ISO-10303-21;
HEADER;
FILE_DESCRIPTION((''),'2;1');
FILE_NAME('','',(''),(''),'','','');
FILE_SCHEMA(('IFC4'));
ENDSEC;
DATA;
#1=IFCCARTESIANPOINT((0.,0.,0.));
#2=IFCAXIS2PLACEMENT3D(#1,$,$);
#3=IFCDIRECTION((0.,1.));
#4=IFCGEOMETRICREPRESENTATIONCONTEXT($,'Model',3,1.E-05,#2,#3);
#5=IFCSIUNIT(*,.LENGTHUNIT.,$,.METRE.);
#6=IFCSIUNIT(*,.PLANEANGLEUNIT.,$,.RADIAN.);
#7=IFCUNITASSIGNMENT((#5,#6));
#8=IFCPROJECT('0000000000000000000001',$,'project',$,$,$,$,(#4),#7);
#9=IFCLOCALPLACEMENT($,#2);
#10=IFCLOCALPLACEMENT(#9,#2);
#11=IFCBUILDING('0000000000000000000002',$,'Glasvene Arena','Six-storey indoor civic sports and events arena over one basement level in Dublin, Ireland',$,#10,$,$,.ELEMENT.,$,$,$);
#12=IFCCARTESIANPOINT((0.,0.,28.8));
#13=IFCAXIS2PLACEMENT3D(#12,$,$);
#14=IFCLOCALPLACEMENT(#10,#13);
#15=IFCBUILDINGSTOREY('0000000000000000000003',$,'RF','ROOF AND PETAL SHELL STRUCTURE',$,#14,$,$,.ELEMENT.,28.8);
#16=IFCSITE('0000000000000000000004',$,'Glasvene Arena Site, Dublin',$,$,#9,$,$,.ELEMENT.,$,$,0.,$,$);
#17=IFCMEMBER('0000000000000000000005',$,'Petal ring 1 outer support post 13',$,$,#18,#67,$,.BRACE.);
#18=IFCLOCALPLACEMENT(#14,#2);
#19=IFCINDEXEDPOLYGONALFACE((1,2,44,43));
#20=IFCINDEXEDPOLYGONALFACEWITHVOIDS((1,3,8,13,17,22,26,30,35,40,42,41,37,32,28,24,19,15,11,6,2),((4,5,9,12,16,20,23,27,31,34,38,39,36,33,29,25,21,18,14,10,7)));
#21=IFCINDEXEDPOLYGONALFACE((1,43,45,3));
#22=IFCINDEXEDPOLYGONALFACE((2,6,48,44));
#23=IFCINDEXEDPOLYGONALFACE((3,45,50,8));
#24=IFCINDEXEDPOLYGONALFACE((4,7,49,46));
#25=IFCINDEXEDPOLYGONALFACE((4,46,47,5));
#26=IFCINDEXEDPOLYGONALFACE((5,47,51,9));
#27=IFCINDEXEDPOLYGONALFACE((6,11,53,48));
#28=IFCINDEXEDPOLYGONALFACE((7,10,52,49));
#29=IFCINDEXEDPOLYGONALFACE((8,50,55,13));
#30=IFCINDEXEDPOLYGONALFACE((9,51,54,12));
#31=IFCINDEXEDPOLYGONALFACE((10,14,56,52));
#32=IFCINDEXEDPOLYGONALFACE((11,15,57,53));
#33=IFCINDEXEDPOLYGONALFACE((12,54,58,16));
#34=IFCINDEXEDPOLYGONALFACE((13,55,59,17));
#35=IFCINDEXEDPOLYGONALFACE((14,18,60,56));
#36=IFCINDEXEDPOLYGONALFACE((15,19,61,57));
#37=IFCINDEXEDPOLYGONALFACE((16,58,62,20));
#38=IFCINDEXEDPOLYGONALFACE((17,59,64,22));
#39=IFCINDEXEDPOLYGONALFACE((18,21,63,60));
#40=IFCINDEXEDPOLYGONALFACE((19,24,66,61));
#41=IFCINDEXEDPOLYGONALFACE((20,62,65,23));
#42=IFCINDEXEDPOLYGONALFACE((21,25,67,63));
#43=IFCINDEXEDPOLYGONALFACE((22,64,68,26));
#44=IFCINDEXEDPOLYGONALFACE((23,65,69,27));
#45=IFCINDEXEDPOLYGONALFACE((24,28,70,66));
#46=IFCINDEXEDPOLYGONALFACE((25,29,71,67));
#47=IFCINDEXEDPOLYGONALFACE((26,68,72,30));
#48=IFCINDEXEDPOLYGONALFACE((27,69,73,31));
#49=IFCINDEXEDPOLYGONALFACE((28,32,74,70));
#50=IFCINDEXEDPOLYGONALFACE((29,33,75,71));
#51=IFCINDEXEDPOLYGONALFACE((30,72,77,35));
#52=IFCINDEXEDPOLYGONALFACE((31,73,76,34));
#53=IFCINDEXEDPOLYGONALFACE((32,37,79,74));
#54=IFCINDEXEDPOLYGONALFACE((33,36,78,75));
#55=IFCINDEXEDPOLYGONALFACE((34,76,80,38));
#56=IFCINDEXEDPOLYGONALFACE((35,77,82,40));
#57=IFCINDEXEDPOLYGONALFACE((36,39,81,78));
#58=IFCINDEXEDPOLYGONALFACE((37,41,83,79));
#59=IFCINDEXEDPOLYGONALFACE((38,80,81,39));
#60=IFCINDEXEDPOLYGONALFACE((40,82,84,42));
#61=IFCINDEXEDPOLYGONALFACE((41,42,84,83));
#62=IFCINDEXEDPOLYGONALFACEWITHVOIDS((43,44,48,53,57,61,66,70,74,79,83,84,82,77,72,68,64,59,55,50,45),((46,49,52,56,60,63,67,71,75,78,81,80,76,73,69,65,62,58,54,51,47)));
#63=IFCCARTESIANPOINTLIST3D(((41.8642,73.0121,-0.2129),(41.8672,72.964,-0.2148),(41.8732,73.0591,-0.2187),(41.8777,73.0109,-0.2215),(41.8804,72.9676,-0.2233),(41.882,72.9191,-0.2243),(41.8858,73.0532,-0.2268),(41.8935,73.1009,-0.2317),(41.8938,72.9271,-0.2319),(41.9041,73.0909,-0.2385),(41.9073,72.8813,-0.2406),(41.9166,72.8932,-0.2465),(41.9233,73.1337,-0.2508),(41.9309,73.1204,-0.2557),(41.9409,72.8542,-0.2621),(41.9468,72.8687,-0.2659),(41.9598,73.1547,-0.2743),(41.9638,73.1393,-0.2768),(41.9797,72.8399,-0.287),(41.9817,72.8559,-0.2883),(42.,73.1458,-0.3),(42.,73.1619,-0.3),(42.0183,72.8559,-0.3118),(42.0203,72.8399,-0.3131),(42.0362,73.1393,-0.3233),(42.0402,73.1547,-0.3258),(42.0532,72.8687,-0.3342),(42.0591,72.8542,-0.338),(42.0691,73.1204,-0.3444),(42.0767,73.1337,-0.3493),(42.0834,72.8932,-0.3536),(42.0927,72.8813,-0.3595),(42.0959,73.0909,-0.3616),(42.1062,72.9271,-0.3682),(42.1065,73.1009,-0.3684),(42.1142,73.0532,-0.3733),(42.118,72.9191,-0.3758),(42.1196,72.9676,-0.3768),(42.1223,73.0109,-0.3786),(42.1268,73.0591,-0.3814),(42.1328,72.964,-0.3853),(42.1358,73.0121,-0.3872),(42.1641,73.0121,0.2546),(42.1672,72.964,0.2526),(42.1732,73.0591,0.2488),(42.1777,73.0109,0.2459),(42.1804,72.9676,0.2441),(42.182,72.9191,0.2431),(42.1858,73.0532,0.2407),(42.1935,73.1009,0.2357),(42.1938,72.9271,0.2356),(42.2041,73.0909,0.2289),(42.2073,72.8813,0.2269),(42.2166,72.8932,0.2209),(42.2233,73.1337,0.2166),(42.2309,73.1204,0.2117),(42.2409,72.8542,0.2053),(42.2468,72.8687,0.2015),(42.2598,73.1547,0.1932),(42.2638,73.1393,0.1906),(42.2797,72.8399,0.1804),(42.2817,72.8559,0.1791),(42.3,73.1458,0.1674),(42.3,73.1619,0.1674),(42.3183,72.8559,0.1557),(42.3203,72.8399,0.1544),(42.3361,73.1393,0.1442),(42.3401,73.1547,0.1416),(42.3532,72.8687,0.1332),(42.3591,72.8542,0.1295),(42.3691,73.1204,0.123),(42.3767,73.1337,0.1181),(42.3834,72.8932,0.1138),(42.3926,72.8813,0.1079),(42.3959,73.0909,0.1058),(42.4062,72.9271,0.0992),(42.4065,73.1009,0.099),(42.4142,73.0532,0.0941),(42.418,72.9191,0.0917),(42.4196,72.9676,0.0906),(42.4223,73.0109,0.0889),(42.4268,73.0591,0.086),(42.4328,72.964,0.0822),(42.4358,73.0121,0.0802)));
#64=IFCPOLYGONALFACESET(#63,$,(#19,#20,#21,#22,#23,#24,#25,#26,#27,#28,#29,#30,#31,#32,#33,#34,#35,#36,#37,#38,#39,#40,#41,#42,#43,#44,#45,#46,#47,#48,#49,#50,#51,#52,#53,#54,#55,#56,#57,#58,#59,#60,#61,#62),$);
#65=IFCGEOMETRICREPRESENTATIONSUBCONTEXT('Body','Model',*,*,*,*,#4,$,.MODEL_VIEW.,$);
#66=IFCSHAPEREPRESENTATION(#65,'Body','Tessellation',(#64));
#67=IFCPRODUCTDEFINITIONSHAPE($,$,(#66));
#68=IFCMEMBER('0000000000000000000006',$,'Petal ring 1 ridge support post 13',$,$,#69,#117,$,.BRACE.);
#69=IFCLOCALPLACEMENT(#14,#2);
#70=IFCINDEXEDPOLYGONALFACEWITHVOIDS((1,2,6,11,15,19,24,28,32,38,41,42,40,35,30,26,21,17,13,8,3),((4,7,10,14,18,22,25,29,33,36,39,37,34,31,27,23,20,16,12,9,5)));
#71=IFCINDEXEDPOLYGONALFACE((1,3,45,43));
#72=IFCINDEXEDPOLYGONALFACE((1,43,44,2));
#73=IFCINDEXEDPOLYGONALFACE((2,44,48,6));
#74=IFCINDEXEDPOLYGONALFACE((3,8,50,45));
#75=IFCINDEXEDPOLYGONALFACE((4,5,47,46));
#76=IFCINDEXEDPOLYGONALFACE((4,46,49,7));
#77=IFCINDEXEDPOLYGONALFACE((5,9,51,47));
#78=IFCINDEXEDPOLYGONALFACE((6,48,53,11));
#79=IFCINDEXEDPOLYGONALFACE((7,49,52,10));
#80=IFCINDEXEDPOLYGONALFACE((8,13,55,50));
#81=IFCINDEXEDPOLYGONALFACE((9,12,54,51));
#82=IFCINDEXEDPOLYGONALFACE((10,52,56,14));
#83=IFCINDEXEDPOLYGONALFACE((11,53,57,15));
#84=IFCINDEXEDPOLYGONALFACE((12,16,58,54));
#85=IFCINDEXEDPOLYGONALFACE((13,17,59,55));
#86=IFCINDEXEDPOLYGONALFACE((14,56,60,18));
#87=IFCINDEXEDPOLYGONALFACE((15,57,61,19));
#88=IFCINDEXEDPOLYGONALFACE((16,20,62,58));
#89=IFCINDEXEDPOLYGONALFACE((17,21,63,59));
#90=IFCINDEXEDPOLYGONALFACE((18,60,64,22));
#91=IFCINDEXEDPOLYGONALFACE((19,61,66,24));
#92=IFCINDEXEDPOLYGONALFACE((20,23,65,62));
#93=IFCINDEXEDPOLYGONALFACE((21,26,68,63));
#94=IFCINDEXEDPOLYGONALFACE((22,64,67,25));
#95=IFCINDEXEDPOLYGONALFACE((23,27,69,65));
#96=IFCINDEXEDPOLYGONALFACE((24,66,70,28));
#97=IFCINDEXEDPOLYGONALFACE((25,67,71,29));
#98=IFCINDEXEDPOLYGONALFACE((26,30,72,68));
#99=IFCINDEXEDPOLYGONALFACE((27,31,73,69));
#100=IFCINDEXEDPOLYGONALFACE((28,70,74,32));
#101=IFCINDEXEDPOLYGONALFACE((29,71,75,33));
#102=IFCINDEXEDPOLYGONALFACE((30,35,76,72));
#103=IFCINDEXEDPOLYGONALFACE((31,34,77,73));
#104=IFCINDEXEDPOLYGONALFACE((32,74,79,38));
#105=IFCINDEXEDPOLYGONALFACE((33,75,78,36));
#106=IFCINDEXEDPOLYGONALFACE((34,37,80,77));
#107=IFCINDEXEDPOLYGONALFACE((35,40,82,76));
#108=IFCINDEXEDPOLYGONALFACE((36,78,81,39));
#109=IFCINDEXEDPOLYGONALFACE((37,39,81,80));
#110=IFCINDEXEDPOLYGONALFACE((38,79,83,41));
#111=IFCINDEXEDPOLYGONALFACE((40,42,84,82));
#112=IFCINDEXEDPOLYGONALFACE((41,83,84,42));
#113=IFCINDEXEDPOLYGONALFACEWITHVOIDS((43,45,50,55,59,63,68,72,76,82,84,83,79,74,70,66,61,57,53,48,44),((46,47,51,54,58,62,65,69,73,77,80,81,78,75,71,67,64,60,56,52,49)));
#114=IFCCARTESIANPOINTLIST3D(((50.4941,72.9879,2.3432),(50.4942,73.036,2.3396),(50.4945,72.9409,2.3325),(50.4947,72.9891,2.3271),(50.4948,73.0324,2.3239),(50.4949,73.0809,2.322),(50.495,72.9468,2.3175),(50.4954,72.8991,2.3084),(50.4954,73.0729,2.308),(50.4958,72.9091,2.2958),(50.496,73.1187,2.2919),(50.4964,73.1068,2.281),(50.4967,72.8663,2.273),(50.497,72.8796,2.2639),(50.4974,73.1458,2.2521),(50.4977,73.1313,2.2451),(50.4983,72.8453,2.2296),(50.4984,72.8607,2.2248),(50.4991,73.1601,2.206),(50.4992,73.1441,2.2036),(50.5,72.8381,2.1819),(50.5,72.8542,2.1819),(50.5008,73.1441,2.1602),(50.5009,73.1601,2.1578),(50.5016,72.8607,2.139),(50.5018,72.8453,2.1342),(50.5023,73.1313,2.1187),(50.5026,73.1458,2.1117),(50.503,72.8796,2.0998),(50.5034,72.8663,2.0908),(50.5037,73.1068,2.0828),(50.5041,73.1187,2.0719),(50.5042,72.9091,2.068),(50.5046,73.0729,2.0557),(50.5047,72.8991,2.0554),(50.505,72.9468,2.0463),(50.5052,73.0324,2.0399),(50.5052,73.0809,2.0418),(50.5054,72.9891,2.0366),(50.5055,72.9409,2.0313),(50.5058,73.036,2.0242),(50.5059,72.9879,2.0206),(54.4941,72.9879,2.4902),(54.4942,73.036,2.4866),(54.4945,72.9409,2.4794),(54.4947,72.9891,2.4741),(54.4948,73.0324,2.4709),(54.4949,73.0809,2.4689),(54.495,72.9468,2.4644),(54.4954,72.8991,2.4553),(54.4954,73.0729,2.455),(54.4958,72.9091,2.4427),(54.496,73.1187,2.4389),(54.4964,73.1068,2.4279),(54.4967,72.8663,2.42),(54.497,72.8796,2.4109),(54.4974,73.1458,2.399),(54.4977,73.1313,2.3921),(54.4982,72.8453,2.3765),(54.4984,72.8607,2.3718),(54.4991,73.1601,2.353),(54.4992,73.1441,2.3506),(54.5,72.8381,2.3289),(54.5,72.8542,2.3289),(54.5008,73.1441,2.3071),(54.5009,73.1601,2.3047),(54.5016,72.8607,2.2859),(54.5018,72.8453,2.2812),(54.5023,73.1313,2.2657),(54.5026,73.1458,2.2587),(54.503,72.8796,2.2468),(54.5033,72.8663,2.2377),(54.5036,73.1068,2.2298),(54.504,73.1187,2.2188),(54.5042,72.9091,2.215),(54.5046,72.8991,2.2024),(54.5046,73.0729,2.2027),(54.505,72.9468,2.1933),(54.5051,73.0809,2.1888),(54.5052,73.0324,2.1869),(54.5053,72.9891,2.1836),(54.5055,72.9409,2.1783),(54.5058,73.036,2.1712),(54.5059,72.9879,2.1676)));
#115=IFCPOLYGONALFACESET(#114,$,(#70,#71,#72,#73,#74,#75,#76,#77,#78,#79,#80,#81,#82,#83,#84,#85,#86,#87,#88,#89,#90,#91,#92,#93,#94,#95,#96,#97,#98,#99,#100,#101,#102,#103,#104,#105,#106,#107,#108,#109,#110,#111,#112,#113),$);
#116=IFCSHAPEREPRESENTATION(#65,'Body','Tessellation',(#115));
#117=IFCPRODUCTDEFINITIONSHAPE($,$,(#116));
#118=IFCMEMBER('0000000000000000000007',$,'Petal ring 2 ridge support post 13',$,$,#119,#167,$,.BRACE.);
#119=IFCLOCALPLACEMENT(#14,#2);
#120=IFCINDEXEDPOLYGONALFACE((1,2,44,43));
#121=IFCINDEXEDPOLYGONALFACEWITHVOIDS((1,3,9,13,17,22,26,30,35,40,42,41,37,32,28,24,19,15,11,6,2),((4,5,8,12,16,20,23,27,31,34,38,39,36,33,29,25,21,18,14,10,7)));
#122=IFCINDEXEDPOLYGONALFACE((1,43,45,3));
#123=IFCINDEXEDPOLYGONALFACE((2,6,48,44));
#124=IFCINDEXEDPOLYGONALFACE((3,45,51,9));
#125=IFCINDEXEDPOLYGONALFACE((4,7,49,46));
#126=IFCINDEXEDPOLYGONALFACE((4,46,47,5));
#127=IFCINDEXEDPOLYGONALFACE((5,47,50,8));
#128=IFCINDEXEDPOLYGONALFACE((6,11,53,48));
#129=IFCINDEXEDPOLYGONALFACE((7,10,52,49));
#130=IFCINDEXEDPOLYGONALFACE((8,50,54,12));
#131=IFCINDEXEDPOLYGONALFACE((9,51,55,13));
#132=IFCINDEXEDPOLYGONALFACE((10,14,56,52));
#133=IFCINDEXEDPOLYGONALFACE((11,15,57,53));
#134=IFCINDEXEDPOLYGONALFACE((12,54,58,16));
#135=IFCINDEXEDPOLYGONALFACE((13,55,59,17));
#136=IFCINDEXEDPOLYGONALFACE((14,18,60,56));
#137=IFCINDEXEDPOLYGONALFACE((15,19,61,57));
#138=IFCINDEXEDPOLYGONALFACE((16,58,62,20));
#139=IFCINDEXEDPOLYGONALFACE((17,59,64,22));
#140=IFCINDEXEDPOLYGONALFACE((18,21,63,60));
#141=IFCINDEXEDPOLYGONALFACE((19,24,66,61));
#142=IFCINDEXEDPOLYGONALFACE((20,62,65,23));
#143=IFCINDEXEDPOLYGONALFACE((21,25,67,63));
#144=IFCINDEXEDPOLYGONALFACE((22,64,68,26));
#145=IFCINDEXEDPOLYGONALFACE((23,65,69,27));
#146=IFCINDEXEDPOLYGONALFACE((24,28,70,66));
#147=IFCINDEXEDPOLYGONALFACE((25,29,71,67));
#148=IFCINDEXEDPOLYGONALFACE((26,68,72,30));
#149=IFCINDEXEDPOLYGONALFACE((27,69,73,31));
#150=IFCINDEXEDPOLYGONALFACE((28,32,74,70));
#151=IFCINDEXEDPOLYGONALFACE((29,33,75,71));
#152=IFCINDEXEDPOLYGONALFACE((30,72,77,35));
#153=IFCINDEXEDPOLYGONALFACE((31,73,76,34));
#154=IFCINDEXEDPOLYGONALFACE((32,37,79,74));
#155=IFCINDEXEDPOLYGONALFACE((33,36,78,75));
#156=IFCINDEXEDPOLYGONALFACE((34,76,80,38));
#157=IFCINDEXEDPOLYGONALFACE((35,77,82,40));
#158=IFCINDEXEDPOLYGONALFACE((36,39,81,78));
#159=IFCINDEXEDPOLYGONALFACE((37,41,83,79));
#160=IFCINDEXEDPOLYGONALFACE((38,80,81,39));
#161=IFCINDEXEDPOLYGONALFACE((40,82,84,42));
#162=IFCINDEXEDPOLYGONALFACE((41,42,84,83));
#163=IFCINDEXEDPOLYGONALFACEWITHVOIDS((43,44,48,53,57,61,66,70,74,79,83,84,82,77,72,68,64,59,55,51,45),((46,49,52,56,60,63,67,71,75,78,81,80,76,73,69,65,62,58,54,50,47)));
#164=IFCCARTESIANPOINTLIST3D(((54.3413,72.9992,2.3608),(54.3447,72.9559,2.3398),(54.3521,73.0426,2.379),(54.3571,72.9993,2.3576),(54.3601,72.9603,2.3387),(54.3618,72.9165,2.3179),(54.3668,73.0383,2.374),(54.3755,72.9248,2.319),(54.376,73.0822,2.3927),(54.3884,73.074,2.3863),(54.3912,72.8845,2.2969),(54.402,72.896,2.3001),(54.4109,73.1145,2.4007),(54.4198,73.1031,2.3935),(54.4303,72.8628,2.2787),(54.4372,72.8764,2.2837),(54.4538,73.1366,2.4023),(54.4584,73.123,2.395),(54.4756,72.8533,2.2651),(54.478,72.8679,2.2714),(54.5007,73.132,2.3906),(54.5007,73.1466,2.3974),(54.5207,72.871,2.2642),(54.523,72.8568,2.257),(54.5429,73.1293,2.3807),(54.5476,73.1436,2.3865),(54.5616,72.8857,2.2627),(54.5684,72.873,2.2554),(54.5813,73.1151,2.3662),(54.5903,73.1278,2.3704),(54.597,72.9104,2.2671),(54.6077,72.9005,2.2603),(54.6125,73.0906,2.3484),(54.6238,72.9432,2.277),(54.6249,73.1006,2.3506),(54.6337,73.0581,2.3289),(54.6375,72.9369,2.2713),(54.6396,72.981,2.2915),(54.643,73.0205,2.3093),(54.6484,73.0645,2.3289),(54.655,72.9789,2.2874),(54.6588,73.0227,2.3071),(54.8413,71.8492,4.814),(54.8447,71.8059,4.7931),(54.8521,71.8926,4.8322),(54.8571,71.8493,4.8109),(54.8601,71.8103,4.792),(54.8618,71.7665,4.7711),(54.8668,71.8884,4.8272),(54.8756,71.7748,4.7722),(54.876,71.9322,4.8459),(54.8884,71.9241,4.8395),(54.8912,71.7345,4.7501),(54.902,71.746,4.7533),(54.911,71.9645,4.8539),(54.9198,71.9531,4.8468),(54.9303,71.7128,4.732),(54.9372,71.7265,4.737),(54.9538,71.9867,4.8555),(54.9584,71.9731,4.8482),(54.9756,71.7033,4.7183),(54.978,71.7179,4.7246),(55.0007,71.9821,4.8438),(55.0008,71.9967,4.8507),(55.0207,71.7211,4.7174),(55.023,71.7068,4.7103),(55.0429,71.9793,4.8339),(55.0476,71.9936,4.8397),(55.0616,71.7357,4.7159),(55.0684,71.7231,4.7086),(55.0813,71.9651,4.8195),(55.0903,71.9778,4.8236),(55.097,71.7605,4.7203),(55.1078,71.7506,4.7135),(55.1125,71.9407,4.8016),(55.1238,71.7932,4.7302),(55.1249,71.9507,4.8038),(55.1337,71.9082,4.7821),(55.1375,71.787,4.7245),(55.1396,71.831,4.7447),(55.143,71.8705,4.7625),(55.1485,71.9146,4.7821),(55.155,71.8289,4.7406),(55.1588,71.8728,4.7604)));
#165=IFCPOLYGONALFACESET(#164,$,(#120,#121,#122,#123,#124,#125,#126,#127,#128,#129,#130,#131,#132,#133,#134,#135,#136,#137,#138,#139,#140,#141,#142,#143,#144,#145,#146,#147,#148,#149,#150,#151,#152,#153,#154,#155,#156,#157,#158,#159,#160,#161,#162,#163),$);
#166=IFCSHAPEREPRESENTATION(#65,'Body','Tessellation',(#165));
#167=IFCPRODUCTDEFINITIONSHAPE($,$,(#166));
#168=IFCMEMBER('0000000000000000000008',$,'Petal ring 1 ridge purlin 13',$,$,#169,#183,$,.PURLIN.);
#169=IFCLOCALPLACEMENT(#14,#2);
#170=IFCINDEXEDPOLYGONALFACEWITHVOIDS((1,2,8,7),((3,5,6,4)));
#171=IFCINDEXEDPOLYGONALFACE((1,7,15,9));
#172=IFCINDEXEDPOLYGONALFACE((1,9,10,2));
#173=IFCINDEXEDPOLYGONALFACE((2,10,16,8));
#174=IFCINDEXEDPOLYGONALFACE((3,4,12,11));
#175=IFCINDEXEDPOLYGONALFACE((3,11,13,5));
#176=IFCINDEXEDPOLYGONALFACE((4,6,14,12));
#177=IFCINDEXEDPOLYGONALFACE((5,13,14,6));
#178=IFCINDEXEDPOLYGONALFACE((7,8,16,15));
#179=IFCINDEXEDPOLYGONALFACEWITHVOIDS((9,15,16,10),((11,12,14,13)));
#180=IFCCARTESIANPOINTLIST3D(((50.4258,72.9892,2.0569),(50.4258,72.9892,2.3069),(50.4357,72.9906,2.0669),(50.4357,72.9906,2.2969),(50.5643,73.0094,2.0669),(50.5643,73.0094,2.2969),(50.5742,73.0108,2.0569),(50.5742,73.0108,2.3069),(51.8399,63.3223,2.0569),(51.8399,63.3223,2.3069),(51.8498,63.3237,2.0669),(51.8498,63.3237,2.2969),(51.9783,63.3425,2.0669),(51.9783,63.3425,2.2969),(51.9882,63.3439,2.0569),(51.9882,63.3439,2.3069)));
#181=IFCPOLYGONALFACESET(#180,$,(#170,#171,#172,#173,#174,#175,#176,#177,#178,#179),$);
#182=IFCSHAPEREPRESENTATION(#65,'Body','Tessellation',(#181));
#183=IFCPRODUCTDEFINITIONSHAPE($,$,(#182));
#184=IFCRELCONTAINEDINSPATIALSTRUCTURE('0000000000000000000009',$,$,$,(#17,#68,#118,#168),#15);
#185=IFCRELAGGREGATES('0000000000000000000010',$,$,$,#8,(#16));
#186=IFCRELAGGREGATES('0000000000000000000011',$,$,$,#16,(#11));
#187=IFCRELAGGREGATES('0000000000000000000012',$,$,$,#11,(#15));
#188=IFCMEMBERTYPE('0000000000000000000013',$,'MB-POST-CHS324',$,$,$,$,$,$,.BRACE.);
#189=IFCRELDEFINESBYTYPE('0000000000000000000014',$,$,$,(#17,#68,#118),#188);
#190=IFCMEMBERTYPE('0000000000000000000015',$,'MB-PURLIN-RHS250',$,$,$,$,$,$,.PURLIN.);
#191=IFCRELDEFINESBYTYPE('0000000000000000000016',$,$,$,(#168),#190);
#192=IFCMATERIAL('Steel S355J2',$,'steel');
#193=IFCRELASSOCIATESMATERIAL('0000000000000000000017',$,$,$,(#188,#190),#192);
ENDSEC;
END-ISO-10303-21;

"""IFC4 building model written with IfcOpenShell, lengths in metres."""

from ifc_helpers import new_model, si_unit, direction, frame, origin, origin_2d, place, context, subcontext, project, spatial, hollow_rectangle, hollow_circle, extrude, material, material_profile, profile_set, type_object, element, save


model = new_model("IFC4")

# Units and contexts
model_context = context("Model", 3, precision=1e-05, world=origin(), true_north=direction((0.0, 1.0)))
body_context = subcontext(model_context, "Body", "Model", "MODEL_VIEW")
ifc_project = project(units=[si_unit("LENGTHUNIT", "METRE"), si_unit("PLANEANGLEUNIT", "RADIAN")], contexts=[model_context])

# Site, building, storey
site_placement = place(None, origin())
site = spatial("IfcSite", under=ifc_project, at=site_placement, Name="Glasvene Arena Site, Dublin", CompositionType="ELEMENT", RefElevation=0.0)
building_placement = place(site_placement, origin())
building = spatial("IfcBuilding", under=site, at=building_placement, Name="Glasvene Arena", Description="Six-storey indoor civic sports and events arena over one basement level in Dublin, Ireland", CompositionType="ELEMENT")
storey_placement = place(building_placement, frame((0.0, 0.0, 28.8)))
storey = spatial("IfcBuildingStorey", under=building, at=storey_placement, Name="RF", Description="ROOF AND PETAL SHELL STRUCTURE", CompositionType="ELEMENT", Elevation=28.8)

# Shared definitions
ifc_material_1 = material(Name="Steel S355J2", Category="steel")

# Members
ifc_material_profile_1 = material_profile(ifc_material_1, hollow_circle(Radius=0.1619, WallThickness=0.0161, at=origin_2d()), Name="CHS 323.9x16.0")
ifc_profile_set_1 = profile_set([ifc_material_profile_1], Name="Steel S355J2")
member_type_1 = type_object("IfcMemberType", Name="MB-POST-CHS324", PredefinedType="BRACE", material=ifc_profile_set_1)
member_1_placement = place(storey_placement, frame((42.0, 73.0, -0.3), z_axis=(0.540113, 0.0, 0.841592), x_axis=(0.0, 1.0, 0.0)))
element("IfcMember", 1, at=member_1_placement, inside=storey, type_object=member_type_1, Name="Petal ring 1 outer support post 13", PredefinedType="BRACE", context=body_context, shape_type="SweptSolid", body=[
    extrude(hollow_circle(Radius=0.1619, WallThickness=0.0161, at=origin_2d()), origin(), (0.0, 0.0, 1.0), 0.5554),
])
member_2_placement = place(storey_placement, frame((54.5, 73.0, 2.3289), z_axis=(-0.999326, 0.0, -0.036718), x_axis=(0.0, -1.0, 0.0)))
element("IfcMember", 2, at=member_2_placement, inside=storey, type_object=member_type_1, Name="Petal ring 1 ridge support post 13", PredefinedType="BRACE", context=body_context, shape_type="SweptSolid", body=[
    extrude(hollow_circle(Radius=0.1619, WallThickness=0.0161, at=origin_2d()), origin(), (0.0, 0.0, 1.0), 4.0027),
])
member_3_placement = place(storey_placement, frame((54.5, 73.0, 2.3289), z_axis=(0.181487, -0.417385, 0.890422), x_axis=(0.917058, 0.398755, 0.0)))
element("IfcMember", 3, at=member_3_placement, inside=storey, type_object=member_type_1, Name="Petal ring 2 ridge support post 13", PredefinedType="BRACE", context=body_context, shape_type="SweptSolid", body=[
    extrude(hollow_circle(Radius=0.1619, WallThickness=0.0161, at=origin_2d()), origin(), (0.0, 0.0, 1.0), 2.7551),
])
ifc_material_profile_2 = material_profile(ifc_material_1, hollow_rectangle(XDim=0.1499, YDim=0.25, WallThickness=0.01, at=origin_2d()), Name="RHS 250x150x10.0")
ifc_profile_set_2 = profile_set([ifc_material_profile_2], Name="Steel S355J2")
member_type_2 = type_object("IfcMemberType", Name="MB-PURLIN-RHS250", PredefinedType="PURLIN", material=ifc_profile_set_2)
member_4_placement = place(storey_placement, frame((50.5, 73.0, 2.1819), z_axis=(0.144737, -0.98947, 0.0), x_axis=(0.98947, 0.144737, 0.0)))
element("IfcMember", 4, at=member_4_placement, inside=storey, type_object=member_type_2, Name="Petal ring 1 ridge purlin 13", PredefinedType="PURLIN", context=body_context, shape_type="SweptSolid", body=[
    extrude(hollow_rectangle(XDim=0.1499, YDim=0.25, WallThickness=0.01, at=origin_2d()), origin(), (0.0, 0.0, 1.0), 9.7698),
])

save(model, "model.ifc")
